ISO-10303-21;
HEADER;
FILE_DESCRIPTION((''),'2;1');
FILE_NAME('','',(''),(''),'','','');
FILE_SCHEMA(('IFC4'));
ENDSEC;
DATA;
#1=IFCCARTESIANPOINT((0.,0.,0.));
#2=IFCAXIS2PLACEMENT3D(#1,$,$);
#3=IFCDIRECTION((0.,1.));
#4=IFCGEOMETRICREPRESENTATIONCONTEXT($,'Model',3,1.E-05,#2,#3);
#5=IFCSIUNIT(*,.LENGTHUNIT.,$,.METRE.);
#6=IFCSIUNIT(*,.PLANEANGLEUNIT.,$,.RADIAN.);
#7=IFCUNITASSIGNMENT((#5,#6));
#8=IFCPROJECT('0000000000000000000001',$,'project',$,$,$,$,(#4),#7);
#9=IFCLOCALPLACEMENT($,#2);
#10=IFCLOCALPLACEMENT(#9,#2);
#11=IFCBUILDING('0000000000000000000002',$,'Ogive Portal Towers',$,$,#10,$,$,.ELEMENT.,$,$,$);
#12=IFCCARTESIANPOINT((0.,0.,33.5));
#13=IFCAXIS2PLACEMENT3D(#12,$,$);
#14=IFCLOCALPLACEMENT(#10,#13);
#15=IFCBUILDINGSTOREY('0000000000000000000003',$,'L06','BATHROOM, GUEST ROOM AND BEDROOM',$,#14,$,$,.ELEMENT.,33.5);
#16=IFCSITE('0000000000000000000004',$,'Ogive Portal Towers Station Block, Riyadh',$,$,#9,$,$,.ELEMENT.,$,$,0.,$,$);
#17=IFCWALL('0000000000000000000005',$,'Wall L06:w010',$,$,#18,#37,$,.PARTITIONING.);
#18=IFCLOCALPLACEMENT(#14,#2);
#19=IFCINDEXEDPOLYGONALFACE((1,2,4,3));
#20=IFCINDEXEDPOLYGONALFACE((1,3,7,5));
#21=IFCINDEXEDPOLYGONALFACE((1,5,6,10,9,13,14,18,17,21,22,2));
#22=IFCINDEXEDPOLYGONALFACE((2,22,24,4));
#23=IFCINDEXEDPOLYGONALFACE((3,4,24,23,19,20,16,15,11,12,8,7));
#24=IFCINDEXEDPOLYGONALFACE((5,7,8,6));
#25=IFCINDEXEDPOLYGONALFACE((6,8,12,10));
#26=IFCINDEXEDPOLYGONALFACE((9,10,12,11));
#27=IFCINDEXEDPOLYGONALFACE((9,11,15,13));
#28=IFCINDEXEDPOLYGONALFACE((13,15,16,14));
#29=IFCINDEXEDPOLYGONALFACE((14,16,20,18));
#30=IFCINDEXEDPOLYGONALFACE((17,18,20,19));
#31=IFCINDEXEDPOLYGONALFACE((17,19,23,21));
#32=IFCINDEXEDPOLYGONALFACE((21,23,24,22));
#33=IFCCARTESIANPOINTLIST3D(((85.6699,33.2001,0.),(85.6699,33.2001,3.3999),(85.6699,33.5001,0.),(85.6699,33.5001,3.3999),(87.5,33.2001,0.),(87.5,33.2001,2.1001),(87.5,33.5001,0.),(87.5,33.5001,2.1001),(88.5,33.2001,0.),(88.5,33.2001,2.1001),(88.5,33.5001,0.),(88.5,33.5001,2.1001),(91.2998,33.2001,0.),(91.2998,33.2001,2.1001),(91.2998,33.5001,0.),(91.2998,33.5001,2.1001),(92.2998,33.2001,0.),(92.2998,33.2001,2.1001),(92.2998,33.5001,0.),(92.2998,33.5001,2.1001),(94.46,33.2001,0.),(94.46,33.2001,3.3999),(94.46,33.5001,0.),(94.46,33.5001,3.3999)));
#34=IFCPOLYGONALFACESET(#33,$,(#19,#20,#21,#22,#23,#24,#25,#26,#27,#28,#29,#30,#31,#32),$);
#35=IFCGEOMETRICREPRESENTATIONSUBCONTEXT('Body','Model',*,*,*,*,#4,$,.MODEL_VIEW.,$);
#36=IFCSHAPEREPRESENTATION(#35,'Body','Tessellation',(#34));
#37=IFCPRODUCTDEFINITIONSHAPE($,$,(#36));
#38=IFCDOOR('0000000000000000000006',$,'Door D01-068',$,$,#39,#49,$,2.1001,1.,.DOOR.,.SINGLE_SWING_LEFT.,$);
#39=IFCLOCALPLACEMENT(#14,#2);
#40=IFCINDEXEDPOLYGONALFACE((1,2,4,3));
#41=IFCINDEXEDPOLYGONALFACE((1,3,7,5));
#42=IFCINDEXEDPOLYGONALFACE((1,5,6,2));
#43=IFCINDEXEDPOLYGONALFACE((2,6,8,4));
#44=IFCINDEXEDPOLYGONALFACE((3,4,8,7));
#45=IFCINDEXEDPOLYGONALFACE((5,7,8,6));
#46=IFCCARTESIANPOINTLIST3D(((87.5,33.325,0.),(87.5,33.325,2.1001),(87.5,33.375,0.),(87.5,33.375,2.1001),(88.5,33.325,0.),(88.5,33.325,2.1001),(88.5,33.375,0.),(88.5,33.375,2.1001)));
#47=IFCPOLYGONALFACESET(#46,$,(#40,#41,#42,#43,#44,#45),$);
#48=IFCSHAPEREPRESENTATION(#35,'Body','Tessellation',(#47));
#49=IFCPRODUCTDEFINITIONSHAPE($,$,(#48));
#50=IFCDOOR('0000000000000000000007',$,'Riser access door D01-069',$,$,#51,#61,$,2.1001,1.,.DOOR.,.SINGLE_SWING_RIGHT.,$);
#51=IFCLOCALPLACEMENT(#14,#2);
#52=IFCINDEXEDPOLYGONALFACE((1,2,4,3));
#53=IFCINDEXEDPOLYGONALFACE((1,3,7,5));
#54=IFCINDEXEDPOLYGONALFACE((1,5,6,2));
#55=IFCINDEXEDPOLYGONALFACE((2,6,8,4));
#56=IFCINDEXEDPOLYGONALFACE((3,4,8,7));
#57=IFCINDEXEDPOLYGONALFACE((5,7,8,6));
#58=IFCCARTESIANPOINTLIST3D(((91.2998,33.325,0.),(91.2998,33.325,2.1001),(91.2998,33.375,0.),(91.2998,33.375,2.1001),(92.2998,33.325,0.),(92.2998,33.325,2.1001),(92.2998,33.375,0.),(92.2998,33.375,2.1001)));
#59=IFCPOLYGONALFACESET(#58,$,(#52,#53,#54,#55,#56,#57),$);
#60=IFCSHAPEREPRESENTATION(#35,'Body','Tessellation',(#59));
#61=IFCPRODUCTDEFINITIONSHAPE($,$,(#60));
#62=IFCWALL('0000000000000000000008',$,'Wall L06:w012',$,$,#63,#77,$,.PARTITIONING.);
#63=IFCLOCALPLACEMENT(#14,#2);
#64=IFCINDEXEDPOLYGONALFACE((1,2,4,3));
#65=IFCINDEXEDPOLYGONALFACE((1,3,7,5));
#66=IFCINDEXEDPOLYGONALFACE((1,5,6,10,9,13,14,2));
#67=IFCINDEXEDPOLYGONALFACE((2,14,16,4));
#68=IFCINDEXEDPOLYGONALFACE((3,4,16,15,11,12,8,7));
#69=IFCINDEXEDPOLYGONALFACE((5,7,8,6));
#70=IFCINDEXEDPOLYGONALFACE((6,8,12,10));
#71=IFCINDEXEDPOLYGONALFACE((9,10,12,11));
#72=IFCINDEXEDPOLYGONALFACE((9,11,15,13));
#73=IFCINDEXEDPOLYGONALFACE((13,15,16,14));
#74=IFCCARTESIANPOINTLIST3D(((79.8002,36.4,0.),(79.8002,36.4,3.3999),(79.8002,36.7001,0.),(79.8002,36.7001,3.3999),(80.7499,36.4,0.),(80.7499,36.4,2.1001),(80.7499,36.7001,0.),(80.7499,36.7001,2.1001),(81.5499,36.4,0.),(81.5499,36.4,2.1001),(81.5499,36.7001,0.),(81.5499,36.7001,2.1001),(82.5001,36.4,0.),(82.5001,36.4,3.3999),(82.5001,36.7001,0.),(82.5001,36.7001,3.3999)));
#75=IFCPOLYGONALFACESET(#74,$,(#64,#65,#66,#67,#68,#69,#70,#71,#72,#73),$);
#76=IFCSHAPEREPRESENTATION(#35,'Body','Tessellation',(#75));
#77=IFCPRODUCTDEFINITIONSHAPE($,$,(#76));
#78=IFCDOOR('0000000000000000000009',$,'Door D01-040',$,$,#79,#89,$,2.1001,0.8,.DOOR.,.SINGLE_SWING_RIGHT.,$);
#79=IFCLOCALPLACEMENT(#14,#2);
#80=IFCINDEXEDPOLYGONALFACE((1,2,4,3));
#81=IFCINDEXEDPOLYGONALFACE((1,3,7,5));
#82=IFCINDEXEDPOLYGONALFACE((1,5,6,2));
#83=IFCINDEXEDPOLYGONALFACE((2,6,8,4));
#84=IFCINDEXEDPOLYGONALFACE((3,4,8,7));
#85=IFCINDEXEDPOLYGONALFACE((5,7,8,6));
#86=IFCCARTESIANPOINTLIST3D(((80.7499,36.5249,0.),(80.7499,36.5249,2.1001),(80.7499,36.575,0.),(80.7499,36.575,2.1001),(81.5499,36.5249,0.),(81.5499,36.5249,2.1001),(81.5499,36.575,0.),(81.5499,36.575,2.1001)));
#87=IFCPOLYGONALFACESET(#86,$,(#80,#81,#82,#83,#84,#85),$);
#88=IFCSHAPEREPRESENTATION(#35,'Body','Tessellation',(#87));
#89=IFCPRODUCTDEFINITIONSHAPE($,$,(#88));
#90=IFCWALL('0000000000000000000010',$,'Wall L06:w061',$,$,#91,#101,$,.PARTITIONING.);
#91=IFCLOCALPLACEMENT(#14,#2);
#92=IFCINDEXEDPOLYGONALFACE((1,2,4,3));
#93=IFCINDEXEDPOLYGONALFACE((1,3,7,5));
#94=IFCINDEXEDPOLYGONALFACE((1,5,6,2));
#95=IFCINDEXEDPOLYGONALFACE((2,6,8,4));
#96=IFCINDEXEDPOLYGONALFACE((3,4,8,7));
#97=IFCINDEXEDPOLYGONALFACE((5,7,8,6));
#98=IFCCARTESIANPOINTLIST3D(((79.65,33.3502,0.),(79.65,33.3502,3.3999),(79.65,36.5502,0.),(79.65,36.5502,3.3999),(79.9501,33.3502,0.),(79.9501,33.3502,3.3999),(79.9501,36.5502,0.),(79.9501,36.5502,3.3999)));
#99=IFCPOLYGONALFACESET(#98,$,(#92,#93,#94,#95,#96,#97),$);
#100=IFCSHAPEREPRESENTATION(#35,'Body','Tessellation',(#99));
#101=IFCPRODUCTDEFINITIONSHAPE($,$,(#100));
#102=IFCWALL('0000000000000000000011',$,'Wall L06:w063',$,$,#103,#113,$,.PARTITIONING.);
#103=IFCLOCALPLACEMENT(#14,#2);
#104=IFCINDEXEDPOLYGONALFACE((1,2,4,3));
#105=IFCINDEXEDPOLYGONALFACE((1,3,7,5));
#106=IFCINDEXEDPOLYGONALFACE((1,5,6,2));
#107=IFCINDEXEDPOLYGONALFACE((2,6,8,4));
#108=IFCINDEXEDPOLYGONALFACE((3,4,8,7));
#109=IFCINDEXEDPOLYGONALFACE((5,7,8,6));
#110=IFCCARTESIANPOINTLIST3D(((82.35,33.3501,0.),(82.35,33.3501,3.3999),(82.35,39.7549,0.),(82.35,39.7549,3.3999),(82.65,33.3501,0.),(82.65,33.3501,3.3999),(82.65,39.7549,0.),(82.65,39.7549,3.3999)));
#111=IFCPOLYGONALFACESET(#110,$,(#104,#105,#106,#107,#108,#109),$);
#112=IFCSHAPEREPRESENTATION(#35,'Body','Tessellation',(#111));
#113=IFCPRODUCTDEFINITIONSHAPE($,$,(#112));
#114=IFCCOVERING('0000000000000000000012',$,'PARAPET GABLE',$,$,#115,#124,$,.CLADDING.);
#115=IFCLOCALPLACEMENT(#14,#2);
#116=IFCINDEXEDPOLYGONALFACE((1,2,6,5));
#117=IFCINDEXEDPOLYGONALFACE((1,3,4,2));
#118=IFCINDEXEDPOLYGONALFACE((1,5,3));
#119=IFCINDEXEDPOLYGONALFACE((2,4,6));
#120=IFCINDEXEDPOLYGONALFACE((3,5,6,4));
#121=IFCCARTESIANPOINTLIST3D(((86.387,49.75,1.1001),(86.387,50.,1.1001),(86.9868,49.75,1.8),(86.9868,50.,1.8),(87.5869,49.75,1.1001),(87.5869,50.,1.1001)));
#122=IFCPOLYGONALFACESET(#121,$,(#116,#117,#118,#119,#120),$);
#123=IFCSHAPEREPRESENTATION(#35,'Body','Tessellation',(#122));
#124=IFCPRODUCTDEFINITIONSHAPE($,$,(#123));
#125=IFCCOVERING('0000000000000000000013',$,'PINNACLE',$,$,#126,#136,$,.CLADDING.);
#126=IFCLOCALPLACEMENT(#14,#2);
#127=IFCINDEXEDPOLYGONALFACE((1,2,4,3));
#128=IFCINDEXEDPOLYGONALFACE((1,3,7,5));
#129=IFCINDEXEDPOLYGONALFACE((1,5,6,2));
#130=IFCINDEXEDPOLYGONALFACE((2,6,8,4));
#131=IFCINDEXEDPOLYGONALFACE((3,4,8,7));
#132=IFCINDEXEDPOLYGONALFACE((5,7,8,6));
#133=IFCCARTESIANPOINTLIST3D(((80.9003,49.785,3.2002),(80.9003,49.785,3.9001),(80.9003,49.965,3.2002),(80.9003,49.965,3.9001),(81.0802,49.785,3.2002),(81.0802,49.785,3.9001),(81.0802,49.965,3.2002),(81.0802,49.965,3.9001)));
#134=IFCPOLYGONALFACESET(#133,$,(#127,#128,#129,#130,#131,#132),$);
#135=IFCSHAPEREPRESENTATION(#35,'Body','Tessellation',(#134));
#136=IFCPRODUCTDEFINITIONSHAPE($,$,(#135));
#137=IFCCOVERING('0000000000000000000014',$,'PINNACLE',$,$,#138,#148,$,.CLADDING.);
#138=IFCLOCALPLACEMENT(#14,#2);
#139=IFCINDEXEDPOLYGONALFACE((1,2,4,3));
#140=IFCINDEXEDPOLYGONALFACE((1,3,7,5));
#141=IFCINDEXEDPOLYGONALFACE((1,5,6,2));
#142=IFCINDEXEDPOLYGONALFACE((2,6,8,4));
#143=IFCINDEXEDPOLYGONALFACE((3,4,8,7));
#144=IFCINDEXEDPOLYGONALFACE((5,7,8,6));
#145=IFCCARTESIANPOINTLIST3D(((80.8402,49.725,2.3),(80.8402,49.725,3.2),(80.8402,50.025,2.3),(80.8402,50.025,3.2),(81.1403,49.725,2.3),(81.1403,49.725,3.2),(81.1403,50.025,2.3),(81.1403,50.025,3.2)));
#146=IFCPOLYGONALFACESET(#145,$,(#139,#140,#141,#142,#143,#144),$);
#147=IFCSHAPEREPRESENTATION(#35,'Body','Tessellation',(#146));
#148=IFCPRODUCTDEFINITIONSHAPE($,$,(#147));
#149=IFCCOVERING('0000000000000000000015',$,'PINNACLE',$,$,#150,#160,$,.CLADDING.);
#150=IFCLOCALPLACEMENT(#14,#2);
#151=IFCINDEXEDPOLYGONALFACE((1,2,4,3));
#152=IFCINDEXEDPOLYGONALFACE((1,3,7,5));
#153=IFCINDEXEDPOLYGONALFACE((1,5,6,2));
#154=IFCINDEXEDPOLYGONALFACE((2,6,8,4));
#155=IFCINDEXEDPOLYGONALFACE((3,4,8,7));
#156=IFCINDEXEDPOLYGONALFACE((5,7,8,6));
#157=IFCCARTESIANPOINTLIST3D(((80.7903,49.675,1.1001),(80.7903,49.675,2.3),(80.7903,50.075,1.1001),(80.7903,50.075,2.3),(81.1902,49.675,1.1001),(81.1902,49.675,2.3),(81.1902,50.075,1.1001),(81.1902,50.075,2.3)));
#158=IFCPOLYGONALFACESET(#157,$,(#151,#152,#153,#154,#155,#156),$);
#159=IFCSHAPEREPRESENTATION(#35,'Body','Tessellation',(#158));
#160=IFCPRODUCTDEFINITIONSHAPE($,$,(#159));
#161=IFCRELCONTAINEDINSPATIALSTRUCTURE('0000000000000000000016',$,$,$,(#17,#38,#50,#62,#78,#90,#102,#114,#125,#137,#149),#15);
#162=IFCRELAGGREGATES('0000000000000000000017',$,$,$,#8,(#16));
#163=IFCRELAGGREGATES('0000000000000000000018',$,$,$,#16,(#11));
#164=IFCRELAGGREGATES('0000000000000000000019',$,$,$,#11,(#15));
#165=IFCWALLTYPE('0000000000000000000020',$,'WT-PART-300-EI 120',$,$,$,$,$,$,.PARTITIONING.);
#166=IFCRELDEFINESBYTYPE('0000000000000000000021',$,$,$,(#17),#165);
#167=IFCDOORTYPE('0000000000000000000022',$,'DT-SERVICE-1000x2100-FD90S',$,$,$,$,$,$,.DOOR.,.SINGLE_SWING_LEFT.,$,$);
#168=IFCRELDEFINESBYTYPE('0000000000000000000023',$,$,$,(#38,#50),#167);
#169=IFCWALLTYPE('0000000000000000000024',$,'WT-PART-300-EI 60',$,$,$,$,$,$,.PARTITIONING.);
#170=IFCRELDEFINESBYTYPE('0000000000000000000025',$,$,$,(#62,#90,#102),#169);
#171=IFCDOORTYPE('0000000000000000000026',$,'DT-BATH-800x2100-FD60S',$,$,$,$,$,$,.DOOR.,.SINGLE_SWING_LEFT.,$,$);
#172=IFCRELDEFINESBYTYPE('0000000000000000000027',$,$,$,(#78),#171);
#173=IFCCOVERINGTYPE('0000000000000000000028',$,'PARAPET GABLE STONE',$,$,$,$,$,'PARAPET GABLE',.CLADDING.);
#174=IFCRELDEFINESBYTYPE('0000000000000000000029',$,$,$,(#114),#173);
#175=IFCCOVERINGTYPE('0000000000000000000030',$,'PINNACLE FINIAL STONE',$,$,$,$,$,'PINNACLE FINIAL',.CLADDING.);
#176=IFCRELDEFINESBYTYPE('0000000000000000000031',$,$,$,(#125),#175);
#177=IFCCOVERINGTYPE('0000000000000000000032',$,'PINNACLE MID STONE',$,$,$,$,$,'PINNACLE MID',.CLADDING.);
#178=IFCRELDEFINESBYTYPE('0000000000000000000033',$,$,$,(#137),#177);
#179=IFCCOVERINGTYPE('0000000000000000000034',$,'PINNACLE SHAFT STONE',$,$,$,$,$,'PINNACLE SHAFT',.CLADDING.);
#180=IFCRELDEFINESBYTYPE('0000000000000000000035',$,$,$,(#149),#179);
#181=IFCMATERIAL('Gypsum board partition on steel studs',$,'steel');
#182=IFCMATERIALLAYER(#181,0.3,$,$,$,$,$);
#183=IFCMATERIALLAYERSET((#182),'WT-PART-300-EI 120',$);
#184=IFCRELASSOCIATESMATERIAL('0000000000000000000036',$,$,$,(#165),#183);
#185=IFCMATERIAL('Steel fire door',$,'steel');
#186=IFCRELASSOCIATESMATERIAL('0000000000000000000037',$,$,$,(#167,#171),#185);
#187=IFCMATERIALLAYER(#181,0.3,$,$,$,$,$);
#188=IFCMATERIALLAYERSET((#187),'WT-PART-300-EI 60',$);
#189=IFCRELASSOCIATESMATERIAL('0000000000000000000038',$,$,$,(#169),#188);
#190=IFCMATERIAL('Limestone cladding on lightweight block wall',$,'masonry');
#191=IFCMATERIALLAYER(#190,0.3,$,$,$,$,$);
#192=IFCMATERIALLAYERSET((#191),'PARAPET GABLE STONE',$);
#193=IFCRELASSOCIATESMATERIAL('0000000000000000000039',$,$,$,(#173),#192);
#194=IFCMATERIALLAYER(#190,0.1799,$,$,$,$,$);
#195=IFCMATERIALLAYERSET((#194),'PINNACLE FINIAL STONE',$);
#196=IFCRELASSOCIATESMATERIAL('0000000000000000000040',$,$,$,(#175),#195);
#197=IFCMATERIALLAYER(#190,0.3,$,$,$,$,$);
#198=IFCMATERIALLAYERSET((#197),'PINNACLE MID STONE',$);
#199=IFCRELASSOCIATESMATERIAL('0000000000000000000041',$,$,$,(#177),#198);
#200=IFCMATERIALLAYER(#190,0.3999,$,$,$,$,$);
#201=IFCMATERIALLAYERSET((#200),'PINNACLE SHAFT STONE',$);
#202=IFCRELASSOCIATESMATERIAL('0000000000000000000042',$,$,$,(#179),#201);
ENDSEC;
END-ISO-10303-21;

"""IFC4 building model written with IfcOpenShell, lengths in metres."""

from ifc_helpers import new_model, si_unit, direction, frame, frame_2d, origin, origin_2d, place, context, subcontext, project, spatial, polyline, rectangle, outline, extrude, material, layer, layer_set, type_object, element, fill, save


model = new_model("IFC4")

# Units and contexts
model_context = context("Model", 3, precision=1e-05, world=origin(), true_north=direction((0.0, 1.0)))
body_context = subcontext(model_context, "Body", "Model", "MODEL_VIEW")
ifc_project = project(units=[si_unit("LENGTHUNIT", "METRE"), si_unit("PLANEANGLEUNIT", "RADIAN")], contexts=[model_context])

# Site, building, storey
site_placement = place(None, origin())
site = spatial("IfcSite", under=ifc_project, at=site_placement, Name="Ogive Portal Towers Station Block, Riyadh", CompositionType="ELEMENT", RefElevation=0.0)
building_placement = place(site_placement, origin())
building = spatial("IfcBuilding", under=site, at=building_placement, Name="Ogive Portal Towers", CompositionType="ELEMENT")
storey_placement = place(building_placement, frame((0.0, 0.0, 33.5)))
storey = spatial("IfcBuildingStorey", under=building, at=storey_placement, Name="L06", Description="BATHROOM, GUEST ROOM AND BEDROOM", CompositionType="ELEMENT", Elevation=33.5)

# Wall, openings, doors
ifc_material_1 = material(Name="Gypsum board partition on steel studs", Category="steel")
ifc_layer_1 = layer(ifc_material_1, 0.3)
ifc_layer_set_1 = layer_set([ifc_layer_1], Name="WT-PART-300-EI 120")
wall_type_1 = type_object("IfcWallType", Name="WT-PART-300-EI 120", PredefinedType="PARTITIONING", material=ifc_layer_set_1)
wall_1_placement = place(storey_placement, frame((85.6699, 33.3501, 0.0), z_axis=(0.0, 0.0, 1.0), x_axis=(1.0, 0.0, 0.0)))
wall_1 = element("IfcWall", 1, at=wall_1_placement, inside=storey, type_object=wall_type_1, Name="Wall L06:w010", PredefinedType="PARTITIONING", context=body_context, shape_type="SweptSolid", body=[
    extrude(rectangle(XDim=8.79, YDim=0.3, at=frame_2d((4.395, 0.0))), origin(), (0.0, 0.0, 1.0), 3.3999),
])
opening_1_placement = place(wall_1_placement, frame((1.8301, 0.0, 0.0)))
opening_1 = element("IfcOpeningElement", 2, at=opening_1_placement, cuts=wall_1, PredefinedType="OPENING", context=body_context, shape_type="SweptSolid", body=[
    extrude(rectangle(XDim=1.0, YDim=2.1001, at=frame_2d((0.5, 1.05))), frame((0.0, 0.1602, 0.0), z_axis=(0.0, -1.0, 0.0), x_axis=(1.0, 0.0, 0.0)), (0.0, 0.0, 1.0), 0.3201),
])
opening_2_placement = place(wall_1_placement, frame((5.6299, 0.0, 0.0)))
opening_2 = element("IfcOpeningElement", 3, at=opening_2_placement, cuts=wall_1, PredefinedType="OPENING", context=body_context, shape_type="SweptSolid", body=[
    extrude(rectangle(XDim=1.0, YDim=2.1001, at=frame_2d((0.5, 1.05))), frame((0.0, 0.1602, 0.0), z_axis=(0.0, -1.0, 0.0), x_axis=(1.0, 0.0, 0.0)), (0.0, 0.0, 1.0), 0.3201),
])
ifc_material_2 = material(Name="Steel fire door", Category="steel")
door_type_1 = type_object("IfcDoorType", Name="DT-SERVICE-1000x2100-FD90S", OperationType="SINGLE_SWING_LEFT", PredefinedType="DOOR", material=ifc_material_2)
door_1_placement = place(opening_1_placement, origin())
door_1 = element("IfcDoor", 4, at=door_1_placement, inside=storey, type_object=door_type_1, Name="Door D01-068", OperationType="SINGLE_SWING_LEFT", OverallHeight=2.1001, OverallWidth=1.0, PredefinedType="DOOR", context=body_context, shape_type="SweptSolid", body=[
    extrude(rectangle(XDim=1.0, YDim=2.1001, at=frame_2d((0.5, 1.05))), frame((0.0, 0.0249, 0.0), z_axis=(0.0, -1.0, 0.0), x_axis=(1.0, 0.0, 0.0)), (0.0, 0.0, 1.0), 0.05),
])
fill(opening_1, door_1)
door_2_placement = place(opening_2_placement, origin())
door_2 = element("IfcDoor", 5, at=door_2_placement, inside=storey, type_object=door_type_1, Name="Riser access door D01-069", OperationType="SINGLE_SWING_RIGHT", OverallHeight=2.1001, OverallWidth=1.0, PredefinedType="DOOR", context=body_context, shape_type="SweptSolid", body=[
    extrude(rectangle(XDim=1.0, YDim=2.1001, at=frame_2d((0.5, 1.05))), frame((0.0, 0.0249, 0.0), z_axis=(0.0, -1.0, 0.0), x_axis=(1.0, 0.0, 0.0)), (0.0, 0.0, 1.0), 0.05),
])
fill(opening_2, door_2)

# Wall, opening, door
ifc_layer_2 = layer(ifc_material_1, 0.3)
ifc_layer_set_2 = layer_set([ifc_layer_2], Name="WT-PART-300-EI 60")
wall_type_2 = type_object("IfcWallType", Name="WT-PART-300-EI 60", PredefinedType="PARTITIONING", material=ifc_layer_set_2)
wall_2_placement = place(storey_placement, frame((79.8, 36.55, 0.0), z_axis=(0.0, 0.0, 1.0), x_axis=(1.0, 0.0, 0.0)))
wall_2 = element("IfcWall", 6, at=wall_2_placement, inside=storey, type_object=wall_type_2, Name="Wall L06:w012", PredefinedType="PARTITIONING", context=body_context, shape_type="SweptSolid", body=[
    extrude(rectangle(XDim=2.7, YDim=0.3, at=frame_2d((1.3501, 0.0))), origin(), (0.0, 0.0, 1.0), 3.3999),
])
opening_3_placement = place(wall_2_placement, frame((0.95, 0.0, 0.0)))
opening_3 = element("IfcOpeningElement", 7, at=opening_3_placement, cuts=wall_2, PredefinedType="OPENING", context=body_context, shape_type="SweptSolid", body=[
    extrude(rectangle(XDim=0.8, YDim=2.1001, at=frame_2d((0.3999, 1.05))), frame((0.0, 0.1602, 0.0), z_axis=(0.0, -1.0, 0.0), x_axis=(1.0, 0.0, 0.0)), (0.0, 0.0, 1.0), 0.3201),
])
door_type_2 = type_object("IfcDoorType", Name="DT-BATH-800x2100-FD60S", OperationType="SINGLE_SWING_LEFT", PredefinedType="DOOR", material=ifc_material_2)
door_3_placement = place(opening_3_placement, origin())
door_3 = element("IfcDoor", 8, at=door_3_placement, inside=storey, type_object=door_type_2, Name="Door D01-040", OperationType="SINGLE_SWING_RIGHT", OverallHeight=2.1001, OverallWidth=0.8, PredefinedType="DOOR", context=body_context, shape_type="SweptSolid", body=[
    extrude(rectangle(XDim=0.8, YDim=2.1001, at=frame_2d((0.3999, 1.05))), frame((0.0, 0.0249, 0.0), z_axis=(0.0, -1.0, 0.0), x_axis=(1.0, 0.0, 0.0)), (0.0, 0.0, 1.0), 0.05),
])
fill(opening_3, door_3)

# Walls
wall_3_placement = place(storey_placement, frame((79.8, 33.3501, 0.0), z_axis=(0.0, 0.0, 1.0), x_axis=(0.0, 1.0, 0.0)))
element("IfcWall", 9, at=wall_3_placement, inside=storey, type_object=wall_type_2, Name="Wall L06:w061", PredefinedType="PARTITIONING", context=body_context, shape_type="SweptSolid", body=[
    extrude(rectangle(XDim=3.2, YDim=0.3, at=frame_2d((1.6001, 0.0))), origin(), (0.0, 0.0, 1.0), 3.3999),
])
wall_4_placement = place(storey_placement, frame((82.5, 33.3501, 0.0), z_axis=(0.0, 0.0, 1.0), x_axis=(0.0, 1.0, 0.0)))
element("IfcWall", 10, at=wall_4_placement, inside=storey, type_object=wall_type_2, Name="Wall L06:w063", PredefinedType="PARTITIONING", context=body_context, shape_type="SweptSolid", body=[
    extrude(rectangle(XDim=6.4048, YDim=0.3, at=frame_2d((3.2024, 0.0))), origin(), (0.0, 0.0, 1.0), 3.3999),
])

# Coverings
ifc_material_3 = material(Name="Limestone cladding on lightweight block wall", Category="masonry")
ifc_layer_3 = layer(ifc_material_3, 0.3)
ifc_layer_set_3 = layer_set([ifc_layer_3], Name="PARAPET GABLE STONE")
covering_type_1 = type_object("IfcCoveringType", Name="PARAPET GABLE STONE", ElementType="PARAPET GABLE", PredefinedType="CLADDING", material=ifc_layer_set_3)
covering_1_placement = place(storey_placement, frame((86.387, 49.75, 1.1001), z_axis=(0.0, -1.0, 0.0), x_axis=(1.0, 0.0, 0.0)))
element("IfcCovering", 11, at=covering_1_placement, inside=storey, type_object=covering_type_1, Name="PARAPET GABLE", PredefinedType="CLADDING", context=body_context, shape_type="SweptSolid", body=[
    extrude(outline(polyline([(0.0, 0.0), (1.2, 0.0), (0.5999, 0.7), (0.0, 0.0)])), origin(), (0.0, 0.0, -1.0), 0.25),
])
ifc_layer_4 = layer(ifc_material_3, 0.1799)
ifc_layer_set_4 = layer_set([ifc_layer_4], Name="PINNACLE FINIAL STONE")
covering_type_2 = type_object("IfcCoveringType", Name="PINNACLE FINIAL STONE", ElementType="PINNACLE FINIAL", PredefinedType="CLADDING", material=ifc_layer_set_4)
covering_2_placement = place(storey_placement, frame((80.9902, 49.875, 3.2002), z_axis=(0.0, 0.0, 1.0), x_axis=(1.0, 0.0, 0.0)))
element("IfcCovering", 12, at=covering_2_placement, inside=storey, type_object=covering_type_2, Name="PINNACLE", PredefinedType="CLADDING", context=body_context, shape_type="SweptSolid", body=[
    extrude(rectangle(XDim=0.1799, YDim=0.1799, at=origin_2d()), origin(), (0.0, 0.0, 1.0), 0.7),
])
ifc_layer_5 = layer(ifc_material_3, 0.3)
ifc_layer_set_5 = layer_set([ifc_layer_5], Name="PINNACLE MID STONE")
covering_type_3 = type_object("IfcCoveringType", Name="PINNACLE MID STONE", ElementType="PINNACLE MID", PredefinedType="CLADDING", material=ifc_layer_set_5)
covering_3_placement = place(storey_placement, frame((80.9902, 49.875, 2.3), z_axis=(0.0, 0.0, 1.0), x_axis=(1.0, 0.0, 0.0)))
element("IfcCovering", 13, at=covering_3_placement, inside=storey, type_object=covering_type_3, Name="PINNACLE", PredefinedType="CLADDING", context=body_context, shape_type="SweptSolid", body=[
    extrude(rectangle(XDim=0.3, YDim=0.3, at=origin_2d()), origin(), (0.0, 0.0, 1.0), 0.8999),
])
ifc_layer_6 = layer(ifc_material_3, 0.3999)
ifc_layer_set_6 = layer_set([ifc_layer_6], Name="PINNACLE SHAFT STONE")
covering_type_4 = type_object("IfcCoveringType", Name="PINNACLE SHAFT STONE", ElementType="PINNACLE SHAFT", PredefinedType="CLADDING", material=ifc_layer_set_6)
covering_4_placement = place(storey_placement, frame((80.9902, 49.875, 1.1001), z_axis=(0.0, 0.0, 1.0), x_axis=(1.0, 0.0, 0.0)))
element("IfcCovering", 14, at=covering_4_placement, inside=storey, type_object=covering_type_4, Name="PINNACLE", PredefinedType="CLADDING", context=body_context, shape_type="SweptSolid", body=[
    extrude(rectangle(XDim=0.3999, YDim=0.3999, at=origin_2d()), origin(), (0.0, 0.0, 1.0), 1.2),
])

save(model, "model.ifc")
